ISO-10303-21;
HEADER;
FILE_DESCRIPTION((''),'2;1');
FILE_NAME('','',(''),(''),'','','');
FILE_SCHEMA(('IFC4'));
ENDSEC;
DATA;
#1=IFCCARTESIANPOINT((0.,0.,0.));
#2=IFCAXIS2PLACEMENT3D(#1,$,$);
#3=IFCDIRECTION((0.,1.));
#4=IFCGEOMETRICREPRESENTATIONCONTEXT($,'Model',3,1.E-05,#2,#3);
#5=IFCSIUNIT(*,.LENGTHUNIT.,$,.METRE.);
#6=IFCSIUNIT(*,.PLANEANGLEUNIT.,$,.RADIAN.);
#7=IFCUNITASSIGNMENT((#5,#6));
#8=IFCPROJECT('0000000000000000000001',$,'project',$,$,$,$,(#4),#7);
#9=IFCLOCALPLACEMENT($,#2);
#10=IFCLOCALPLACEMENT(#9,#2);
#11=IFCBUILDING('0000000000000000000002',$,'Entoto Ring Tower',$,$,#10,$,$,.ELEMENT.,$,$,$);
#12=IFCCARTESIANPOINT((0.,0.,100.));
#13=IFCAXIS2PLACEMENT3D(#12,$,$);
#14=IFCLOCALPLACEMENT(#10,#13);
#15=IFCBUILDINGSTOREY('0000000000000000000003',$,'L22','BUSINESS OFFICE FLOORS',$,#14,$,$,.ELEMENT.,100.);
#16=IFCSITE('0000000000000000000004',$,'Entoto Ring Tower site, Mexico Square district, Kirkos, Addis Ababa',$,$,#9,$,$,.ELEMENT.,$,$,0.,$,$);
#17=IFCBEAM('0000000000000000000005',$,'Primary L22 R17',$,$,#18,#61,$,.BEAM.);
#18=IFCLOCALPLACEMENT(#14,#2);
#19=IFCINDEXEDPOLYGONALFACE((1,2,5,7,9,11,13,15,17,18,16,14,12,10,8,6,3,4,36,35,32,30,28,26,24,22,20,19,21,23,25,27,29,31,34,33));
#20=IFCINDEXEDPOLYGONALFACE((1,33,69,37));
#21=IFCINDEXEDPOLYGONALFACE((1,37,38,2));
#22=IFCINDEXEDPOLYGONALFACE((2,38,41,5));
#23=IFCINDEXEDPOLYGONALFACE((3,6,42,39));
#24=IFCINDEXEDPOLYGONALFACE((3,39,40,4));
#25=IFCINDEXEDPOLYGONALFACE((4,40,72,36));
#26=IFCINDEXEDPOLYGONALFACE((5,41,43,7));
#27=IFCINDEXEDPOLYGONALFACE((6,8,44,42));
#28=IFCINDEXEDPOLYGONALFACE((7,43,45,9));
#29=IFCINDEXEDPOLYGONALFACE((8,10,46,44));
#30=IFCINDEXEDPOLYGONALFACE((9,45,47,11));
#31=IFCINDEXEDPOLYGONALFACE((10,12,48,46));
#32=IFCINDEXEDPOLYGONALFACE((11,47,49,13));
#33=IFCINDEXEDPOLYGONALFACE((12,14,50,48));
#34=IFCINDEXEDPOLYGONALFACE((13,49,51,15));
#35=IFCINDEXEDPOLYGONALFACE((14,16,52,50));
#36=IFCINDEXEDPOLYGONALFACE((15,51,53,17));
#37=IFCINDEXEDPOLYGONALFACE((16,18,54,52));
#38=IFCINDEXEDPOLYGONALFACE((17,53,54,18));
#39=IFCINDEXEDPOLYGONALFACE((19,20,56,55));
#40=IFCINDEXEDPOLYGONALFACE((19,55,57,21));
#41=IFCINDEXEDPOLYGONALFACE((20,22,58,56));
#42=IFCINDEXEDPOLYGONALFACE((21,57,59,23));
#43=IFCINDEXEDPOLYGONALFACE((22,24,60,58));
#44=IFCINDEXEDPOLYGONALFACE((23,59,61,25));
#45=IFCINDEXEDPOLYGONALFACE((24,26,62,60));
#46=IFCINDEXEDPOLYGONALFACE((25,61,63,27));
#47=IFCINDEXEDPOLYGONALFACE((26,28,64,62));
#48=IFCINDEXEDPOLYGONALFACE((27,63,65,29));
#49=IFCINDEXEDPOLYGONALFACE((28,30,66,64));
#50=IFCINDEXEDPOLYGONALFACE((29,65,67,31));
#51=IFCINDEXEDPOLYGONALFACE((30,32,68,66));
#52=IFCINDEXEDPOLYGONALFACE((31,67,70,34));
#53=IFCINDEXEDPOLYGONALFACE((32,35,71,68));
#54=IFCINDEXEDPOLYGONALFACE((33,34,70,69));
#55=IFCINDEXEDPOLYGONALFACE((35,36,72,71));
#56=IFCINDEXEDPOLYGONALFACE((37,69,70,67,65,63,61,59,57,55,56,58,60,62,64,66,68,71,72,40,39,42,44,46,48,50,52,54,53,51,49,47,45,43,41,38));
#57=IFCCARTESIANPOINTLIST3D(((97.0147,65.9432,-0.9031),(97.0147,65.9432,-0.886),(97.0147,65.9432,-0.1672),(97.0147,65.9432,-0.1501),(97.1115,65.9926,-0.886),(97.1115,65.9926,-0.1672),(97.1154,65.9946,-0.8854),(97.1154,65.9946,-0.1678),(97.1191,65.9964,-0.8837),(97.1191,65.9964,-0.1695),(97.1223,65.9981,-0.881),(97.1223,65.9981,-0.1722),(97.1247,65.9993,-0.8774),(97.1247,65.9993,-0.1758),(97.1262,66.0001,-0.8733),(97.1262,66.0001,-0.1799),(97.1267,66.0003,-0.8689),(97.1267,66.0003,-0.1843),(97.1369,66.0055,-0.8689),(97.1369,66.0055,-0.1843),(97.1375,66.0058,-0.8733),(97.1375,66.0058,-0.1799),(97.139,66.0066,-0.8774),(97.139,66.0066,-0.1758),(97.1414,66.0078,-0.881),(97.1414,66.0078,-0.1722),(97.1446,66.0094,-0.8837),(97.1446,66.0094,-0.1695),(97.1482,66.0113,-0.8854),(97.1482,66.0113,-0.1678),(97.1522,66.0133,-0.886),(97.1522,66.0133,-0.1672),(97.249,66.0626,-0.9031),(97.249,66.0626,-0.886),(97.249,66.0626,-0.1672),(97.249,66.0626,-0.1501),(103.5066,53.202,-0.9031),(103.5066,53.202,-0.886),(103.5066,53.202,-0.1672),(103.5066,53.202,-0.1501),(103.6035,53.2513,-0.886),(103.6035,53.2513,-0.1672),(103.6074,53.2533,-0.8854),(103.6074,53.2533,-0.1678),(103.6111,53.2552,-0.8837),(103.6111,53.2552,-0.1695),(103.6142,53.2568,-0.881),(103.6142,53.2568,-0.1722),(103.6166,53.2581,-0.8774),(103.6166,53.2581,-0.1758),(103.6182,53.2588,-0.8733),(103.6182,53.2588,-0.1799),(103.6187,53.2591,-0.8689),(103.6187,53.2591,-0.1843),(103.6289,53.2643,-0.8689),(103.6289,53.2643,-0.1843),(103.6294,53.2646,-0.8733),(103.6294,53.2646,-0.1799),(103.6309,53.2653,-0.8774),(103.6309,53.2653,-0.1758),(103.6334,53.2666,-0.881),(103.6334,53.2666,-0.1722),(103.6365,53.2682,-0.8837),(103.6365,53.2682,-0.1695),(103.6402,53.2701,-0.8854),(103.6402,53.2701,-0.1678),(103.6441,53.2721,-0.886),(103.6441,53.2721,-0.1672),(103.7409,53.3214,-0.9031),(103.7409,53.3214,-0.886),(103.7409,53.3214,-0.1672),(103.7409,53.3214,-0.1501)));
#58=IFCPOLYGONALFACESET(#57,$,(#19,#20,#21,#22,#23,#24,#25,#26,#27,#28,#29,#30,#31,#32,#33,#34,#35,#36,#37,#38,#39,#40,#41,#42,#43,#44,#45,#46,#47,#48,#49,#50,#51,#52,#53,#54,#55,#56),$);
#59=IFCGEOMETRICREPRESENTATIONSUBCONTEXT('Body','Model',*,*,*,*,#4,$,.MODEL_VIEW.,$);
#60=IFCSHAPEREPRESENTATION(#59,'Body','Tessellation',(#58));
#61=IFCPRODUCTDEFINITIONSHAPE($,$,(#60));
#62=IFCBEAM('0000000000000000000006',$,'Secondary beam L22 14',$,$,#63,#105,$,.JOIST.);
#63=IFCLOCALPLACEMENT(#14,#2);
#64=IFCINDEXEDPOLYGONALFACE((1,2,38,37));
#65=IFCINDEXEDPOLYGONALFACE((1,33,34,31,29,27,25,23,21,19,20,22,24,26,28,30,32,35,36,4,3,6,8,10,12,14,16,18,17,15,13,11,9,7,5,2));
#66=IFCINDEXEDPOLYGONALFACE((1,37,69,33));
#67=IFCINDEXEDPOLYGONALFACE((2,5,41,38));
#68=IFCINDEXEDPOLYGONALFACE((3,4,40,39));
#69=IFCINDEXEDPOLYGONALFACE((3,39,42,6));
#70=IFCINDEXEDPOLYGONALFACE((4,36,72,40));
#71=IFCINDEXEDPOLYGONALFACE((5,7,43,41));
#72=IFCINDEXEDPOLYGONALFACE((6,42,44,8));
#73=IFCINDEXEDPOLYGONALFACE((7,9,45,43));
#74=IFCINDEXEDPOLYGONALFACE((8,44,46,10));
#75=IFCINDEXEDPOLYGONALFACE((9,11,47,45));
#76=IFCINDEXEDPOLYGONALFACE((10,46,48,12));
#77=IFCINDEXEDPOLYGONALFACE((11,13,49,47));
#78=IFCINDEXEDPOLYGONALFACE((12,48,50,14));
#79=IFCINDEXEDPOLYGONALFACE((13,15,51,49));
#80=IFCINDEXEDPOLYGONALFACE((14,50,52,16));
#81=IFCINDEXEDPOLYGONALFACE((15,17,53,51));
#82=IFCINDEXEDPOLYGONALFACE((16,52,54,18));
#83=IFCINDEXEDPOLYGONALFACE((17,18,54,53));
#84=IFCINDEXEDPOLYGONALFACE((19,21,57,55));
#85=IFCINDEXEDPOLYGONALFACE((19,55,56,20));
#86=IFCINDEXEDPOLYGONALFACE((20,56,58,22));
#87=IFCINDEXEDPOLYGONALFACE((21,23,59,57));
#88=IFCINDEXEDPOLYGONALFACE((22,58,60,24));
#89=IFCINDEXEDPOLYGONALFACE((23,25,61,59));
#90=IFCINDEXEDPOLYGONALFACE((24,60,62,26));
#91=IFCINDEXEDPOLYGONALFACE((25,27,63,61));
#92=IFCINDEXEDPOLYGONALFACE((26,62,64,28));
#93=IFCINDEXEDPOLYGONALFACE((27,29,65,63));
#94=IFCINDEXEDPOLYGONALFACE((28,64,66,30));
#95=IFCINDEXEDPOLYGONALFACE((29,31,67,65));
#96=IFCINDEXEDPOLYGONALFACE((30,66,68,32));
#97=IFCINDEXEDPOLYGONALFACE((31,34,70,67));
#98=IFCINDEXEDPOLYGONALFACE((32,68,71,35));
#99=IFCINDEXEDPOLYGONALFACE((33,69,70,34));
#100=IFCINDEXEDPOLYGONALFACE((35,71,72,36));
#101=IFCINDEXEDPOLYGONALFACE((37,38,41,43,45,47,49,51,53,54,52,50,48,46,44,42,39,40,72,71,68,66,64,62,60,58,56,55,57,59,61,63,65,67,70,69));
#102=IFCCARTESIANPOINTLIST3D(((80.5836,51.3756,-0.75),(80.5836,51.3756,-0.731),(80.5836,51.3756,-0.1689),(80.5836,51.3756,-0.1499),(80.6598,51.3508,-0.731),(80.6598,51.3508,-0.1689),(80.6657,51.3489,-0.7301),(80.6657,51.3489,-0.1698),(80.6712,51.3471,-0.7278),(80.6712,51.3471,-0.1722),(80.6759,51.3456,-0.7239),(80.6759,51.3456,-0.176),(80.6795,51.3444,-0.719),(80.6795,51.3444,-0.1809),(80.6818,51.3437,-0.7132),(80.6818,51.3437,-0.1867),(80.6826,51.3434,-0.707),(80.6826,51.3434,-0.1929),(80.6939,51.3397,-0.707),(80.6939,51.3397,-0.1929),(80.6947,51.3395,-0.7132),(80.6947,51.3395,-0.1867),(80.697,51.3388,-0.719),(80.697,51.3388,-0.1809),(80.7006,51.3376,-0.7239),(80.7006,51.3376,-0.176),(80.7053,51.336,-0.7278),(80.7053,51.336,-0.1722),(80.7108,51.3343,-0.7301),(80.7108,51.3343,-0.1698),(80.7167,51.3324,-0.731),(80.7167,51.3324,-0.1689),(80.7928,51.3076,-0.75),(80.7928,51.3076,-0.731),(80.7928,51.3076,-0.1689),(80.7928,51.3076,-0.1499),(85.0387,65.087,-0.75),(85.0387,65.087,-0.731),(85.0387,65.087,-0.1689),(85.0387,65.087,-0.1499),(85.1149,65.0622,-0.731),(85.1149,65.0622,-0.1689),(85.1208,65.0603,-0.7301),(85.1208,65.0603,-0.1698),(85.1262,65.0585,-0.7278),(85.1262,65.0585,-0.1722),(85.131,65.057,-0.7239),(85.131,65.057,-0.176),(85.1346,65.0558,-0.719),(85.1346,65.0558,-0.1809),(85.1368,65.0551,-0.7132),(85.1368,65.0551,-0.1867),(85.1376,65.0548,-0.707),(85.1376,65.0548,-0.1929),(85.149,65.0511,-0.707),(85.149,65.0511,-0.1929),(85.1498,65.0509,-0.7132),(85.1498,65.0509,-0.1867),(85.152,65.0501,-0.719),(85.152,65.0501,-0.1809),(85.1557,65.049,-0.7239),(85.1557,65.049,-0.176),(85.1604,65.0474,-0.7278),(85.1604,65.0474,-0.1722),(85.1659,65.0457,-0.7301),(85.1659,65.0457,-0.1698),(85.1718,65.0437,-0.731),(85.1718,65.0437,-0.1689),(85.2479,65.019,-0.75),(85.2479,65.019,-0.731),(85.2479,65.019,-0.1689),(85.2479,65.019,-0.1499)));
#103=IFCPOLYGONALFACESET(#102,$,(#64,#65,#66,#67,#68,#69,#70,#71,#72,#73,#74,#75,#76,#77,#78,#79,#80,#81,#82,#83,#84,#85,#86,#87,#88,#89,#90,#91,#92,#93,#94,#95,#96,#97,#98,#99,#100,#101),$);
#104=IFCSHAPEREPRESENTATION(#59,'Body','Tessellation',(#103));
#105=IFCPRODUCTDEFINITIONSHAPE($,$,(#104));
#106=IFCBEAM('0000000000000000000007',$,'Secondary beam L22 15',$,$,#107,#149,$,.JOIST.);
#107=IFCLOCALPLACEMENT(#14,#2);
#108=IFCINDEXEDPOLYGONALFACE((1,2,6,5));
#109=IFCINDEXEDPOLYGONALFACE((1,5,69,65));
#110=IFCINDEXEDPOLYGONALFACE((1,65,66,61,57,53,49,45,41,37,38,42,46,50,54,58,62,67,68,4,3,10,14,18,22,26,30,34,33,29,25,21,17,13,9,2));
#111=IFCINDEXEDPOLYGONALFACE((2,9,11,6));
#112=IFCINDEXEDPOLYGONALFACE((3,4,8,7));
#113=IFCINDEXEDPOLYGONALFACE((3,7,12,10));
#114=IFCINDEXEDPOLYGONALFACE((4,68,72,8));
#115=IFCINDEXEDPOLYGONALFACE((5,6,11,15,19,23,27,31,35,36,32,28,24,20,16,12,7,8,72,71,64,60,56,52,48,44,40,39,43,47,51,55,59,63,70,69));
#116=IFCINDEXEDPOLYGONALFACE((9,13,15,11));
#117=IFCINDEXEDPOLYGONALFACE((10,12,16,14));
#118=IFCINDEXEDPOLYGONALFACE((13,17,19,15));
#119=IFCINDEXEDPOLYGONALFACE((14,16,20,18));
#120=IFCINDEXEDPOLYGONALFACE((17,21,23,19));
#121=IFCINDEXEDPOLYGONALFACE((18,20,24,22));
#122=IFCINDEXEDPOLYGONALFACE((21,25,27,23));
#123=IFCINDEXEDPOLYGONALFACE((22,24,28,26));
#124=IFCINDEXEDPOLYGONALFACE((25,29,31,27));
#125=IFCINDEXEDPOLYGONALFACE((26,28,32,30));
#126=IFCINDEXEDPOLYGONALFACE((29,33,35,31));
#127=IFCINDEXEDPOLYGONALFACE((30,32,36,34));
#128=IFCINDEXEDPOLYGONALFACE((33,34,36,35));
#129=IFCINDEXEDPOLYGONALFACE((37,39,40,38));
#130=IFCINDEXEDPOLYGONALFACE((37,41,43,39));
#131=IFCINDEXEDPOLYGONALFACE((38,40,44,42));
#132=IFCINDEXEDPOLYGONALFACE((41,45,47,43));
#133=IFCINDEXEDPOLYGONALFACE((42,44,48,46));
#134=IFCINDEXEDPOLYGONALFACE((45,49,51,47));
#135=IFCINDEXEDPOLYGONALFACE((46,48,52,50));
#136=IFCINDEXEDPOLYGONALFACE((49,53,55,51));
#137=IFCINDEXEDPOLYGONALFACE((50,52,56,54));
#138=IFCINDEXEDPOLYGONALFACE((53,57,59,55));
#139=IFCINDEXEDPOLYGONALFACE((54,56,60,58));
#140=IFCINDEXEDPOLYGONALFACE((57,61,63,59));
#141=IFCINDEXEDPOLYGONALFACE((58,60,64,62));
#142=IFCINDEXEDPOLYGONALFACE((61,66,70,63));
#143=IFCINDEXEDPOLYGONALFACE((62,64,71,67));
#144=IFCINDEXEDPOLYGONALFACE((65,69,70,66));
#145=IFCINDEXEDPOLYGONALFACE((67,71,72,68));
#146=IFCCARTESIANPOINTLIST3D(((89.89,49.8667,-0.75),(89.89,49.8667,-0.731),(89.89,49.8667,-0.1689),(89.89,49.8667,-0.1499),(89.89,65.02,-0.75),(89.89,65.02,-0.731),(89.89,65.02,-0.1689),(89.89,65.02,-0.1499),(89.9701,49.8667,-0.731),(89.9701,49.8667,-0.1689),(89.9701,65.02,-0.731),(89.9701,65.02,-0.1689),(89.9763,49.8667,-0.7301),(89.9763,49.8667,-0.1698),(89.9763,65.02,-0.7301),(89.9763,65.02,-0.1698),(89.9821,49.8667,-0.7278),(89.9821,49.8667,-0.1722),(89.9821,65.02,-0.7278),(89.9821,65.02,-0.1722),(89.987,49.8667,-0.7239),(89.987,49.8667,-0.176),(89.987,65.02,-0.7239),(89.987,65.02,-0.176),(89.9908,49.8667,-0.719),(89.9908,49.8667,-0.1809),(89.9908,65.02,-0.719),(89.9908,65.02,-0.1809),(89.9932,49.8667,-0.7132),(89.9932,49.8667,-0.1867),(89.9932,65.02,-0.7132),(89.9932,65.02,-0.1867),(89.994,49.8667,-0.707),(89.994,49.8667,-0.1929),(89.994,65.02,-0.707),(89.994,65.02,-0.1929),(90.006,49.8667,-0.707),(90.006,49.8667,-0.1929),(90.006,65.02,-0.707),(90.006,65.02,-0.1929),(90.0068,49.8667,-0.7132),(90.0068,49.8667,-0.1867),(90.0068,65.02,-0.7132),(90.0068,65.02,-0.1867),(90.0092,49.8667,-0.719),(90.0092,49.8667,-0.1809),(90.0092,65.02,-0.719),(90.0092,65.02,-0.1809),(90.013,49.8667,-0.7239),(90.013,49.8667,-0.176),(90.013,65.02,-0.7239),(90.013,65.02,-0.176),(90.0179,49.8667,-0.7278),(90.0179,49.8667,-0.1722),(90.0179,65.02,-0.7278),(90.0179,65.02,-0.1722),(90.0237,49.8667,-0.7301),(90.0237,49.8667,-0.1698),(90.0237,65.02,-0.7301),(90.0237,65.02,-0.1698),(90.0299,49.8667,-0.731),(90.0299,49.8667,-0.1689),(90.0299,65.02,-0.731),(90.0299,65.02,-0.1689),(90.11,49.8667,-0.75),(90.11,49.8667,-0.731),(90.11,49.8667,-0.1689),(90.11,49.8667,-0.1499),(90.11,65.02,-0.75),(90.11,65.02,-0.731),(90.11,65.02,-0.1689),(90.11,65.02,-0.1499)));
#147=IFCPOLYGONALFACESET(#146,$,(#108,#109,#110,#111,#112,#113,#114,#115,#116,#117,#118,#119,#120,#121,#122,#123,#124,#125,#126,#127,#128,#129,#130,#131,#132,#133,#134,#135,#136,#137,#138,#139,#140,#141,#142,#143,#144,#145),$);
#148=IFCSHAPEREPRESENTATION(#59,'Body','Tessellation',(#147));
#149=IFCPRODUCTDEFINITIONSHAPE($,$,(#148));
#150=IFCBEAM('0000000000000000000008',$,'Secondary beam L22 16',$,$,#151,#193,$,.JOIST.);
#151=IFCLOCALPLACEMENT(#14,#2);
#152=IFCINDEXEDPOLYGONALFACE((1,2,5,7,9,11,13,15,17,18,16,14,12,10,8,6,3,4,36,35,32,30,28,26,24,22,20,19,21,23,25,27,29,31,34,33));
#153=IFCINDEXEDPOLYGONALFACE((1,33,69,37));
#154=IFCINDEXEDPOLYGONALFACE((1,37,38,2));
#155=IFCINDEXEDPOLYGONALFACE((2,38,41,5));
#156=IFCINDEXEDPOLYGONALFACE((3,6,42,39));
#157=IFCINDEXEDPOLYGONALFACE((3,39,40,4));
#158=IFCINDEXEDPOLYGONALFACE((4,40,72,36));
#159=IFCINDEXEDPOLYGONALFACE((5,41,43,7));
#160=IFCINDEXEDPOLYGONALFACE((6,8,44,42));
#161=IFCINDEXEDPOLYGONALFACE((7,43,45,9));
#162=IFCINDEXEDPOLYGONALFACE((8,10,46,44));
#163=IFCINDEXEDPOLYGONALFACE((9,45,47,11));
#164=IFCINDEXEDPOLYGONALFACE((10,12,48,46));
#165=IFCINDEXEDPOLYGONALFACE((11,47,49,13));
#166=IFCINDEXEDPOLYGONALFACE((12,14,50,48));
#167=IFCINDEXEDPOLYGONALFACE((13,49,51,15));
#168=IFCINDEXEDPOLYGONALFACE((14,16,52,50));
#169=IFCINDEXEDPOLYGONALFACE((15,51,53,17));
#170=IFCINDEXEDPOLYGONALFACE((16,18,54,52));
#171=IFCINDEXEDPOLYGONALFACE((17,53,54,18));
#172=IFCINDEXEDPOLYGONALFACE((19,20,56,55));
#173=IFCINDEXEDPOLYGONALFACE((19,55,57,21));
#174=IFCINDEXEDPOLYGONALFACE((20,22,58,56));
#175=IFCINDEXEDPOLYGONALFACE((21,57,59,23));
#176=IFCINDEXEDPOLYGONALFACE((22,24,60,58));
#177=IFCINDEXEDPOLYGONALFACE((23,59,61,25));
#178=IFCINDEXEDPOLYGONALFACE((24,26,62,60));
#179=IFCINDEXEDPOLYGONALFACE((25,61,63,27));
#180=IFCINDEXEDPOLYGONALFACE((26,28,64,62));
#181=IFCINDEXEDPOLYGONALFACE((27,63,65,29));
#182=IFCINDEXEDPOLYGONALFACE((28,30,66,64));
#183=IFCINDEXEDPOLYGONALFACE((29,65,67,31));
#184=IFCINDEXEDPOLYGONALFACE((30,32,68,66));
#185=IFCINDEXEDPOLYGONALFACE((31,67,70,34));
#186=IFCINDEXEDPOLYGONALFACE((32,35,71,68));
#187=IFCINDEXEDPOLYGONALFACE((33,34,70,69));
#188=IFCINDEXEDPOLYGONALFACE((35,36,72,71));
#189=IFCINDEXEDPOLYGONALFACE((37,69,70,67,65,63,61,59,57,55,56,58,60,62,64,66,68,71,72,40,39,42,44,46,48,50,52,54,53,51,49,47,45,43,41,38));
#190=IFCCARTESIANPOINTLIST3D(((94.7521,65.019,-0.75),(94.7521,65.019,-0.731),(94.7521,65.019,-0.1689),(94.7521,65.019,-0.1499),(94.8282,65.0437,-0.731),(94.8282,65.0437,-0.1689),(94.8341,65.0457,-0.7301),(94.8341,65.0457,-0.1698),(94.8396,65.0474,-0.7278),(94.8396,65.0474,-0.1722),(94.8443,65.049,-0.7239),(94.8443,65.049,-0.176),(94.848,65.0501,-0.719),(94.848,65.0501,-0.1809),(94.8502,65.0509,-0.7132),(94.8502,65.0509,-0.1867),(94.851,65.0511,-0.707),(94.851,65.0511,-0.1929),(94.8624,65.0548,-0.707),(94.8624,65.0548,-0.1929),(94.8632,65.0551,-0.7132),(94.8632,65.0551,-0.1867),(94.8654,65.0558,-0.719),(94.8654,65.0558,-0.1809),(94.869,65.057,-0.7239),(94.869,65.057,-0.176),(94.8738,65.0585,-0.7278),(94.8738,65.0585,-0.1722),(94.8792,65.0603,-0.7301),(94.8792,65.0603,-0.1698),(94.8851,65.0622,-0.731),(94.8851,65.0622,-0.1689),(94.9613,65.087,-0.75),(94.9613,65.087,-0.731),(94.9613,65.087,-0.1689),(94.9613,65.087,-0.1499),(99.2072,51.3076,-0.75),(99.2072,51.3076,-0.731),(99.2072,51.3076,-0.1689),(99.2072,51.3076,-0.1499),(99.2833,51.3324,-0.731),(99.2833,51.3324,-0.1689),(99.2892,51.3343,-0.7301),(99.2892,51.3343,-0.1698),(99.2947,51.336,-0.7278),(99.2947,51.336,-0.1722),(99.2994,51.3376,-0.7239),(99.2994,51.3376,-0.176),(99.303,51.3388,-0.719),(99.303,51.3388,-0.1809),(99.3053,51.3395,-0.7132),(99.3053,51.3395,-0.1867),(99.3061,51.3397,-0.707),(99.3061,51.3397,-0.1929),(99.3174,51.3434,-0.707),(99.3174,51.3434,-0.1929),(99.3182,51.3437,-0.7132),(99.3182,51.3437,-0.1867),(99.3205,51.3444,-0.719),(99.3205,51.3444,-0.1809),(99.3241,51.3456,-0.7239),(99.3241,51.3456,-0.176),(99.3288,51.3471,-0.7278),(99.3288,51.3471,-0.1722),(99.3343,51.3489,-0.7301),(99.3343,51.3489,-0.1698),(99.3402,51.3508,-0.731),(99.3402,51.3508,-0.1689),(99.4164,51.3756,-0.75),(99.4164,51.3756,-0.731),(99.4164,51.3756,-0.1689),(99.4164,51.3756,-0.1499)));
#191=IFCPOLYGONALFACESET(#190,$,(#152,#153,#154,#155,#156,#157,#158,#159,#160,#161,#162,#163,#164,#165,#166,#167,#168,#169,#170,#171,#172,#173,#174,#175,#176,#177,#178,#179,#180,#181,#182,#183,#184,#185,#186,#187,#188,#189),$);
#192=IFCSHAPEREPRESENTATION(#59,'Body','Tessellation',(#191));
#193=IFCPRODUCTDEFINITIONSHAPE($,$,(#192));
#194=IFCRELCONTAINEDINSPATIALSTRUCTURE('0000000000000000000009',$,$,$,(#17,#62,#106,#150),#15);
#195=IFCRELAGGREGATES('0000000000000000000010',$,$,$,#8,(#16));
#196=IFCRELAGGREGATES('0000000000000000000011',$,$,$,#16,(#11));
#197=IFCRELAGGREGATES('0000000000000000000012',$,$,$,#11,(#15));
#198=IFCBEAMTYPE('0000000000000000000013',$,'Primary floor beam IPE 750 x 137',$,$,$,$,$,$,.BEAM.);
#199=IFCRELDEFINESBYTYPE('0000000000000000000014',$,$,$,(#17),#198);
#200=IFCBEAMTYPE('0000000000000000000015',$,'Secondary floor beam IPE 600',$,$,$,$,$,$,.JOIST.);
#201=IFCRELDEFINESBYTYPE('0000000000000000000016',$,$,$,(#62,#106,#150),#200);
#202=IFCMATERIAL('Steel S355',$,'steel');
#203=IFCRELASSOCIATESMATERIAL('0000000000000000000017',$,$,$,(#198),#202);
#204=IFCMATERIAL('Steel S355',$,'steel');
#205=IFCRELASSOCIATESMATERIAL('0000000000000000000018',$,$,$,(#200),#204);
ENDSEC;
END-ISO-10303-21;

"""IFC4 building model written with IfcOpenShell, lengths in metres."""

from ifc_helpers import new_model, si_unit, direction, frame, origin, origin_2d, place, context, subcontext, project, spatial, i_section, extrude, material, material_profile, profile_set, type_object, element, save


model = new_model("IFC4")

# Units and contexts
model_context = context("Model", 3, precision=1e-05, world=origin(), true_north=direction((0.0, 1.0)))
body_context = subcontext(model_context, "Body", "Model", "MODEL_VIEW")
ifc_project = project(units=[si_unit("LENGTHUNIT", "METRE"), si_unit("PLANEANGLEUNIT", "RADIAN")], contexts=[model_context])

# Site, building, storey
site_placement = place(None, origin())
site = spatial("IfcSite", under=ifc_project, at=site_placement, Name="Entoto Ring Tower site, Mexico Square district, Kirkos, Addis Ababa", CompositionType="ELEMENT", RefElevation=0.0)
building_placement = place(site_placement, origin())
building = spatial("IfcBuilding", under=site, at=building_placement, Name="Entoto Ring Tower", CompositionType="ELEMENT")
storey_placement = place(building_placement, frame((0.0, 0.0, 100.0)))
storey = spatial("IfcBuildingStorey", under=building, at=storey_placement, Name="L22", Description="BUSINESS OFFICE FLOORS", CompositionType="ELEMENT", Elevation=100.0)

# Beams
ifc_material_1 = material(Name="Steel S355", Category="steel")
ifc_material_profile_1 = material_profile(ifc_material_1, i_section(OverallWidth=0.2629, OverallDepth=0.7529, WebThickness=0.0115, FlangeThickness=0.0171, FilletRadius=0.0171, at=origin_2d()), Name="IPE 750 x 137")
ifc_profile_set_1 = profile_set([ifc_material_profile_1], Name="Steel S355")
beam_type_1 = type_object("IfcBeamType", Name="Primary floor beam IPE 750 x 137", PredefinedType="BEAM", material=ifc_profile_set_1)
beam_1_placement = place(storey_placement, frame((97.1318, 66.0029, -0.5266), z_axis=(0.453989, -0.891007, 0.0), x_axis=(0.891007, 0.453989, 0.0)))
element("IfcBeam", 1, at=beam_1_placement, inside=storey, type_object=beam_type_1, Name="Primary L22 R17", PredefinedType="BEAM", context=body_context, shape_type="SweptSolid", body=[
    extrude(i_section(OverallWidth=0.2629, OverallDepth=0.7529, WebThickness=0.0115, FlangeThickness=0.0171, FilletRadius=0.0171, at=origin_2d()), origin(), (0.0, 0.0, 1.0), 14.2998),
])
ifc_material_2 = material(Name="Steel S355", Category="steel")
ifc_material_profile_2 = material_profile(ifc_material_2, i_section(OverallWidth=0.22, OverallDepth=0.6001, WebThickness=0.012, FlangeThickness=0.019, FilletRadius=0.0239, at=origin_2d()), Name="IPE 600")
ifc_profile_set_2 = profile_set([ifc_material_profile_2], Name="Steel S355")
beam_type_2 = type_object("IfcBeamType", Name="Secondary floor beam IPE 600", PredefinedType="JOIST", material=ifc_profile_set_2)
beam_2_placement = place(storey_placement, frame((85.1433, 65.053, -0.45), z_axis=(-0.309015, -0.951057, 0.0), x_axis=(0.951057, -0.309015, 0.0)))
element("IfcBeam", 2, at=beam_2_placement, inside=storey, type_object=beam_type_2, Name="Secondary beam L22 14", PredefinedType="JOIST", context=body_context, shape_type="SweptSolid", body=[
    extrude(i_section(OverallWidth=0.22, OverallDepth=0.6001, WebThickness=0.012, FlangeThickness=0.019, FilletRadius=0.0239, at=origin_2d()), origin(), (0.0, 0.0, 1.0), 14.417),
])
beam_3_placement = place(storey_placement, frame((90.0, 65.02, -0.45), z_axis=(0.0, -1.0, 0.0), x_axis=(1.0, 0.0, 0.0)))
element("IfcBeam", 3, at=beam_3_placement, inside=storey, type_object=beam_type_2, Name="Secondary beam L22 15", PredefinedType="JOIST", context=body_context, shape_type="SweptSolid", body=[
    extrude(i_section(OverallWidth=0.22, OverallDepth=0.6001, WebThickness=0.012, FlangeThickness=0.019, FilletRadius=0.0239, at=origin_2d()), origin(), (0.0, 0.0, 1.0), 15.1533),
])
beam_4_placement = place(storey_placement, frame((94.8567, 65.053, -0.45), z_axis=(0.309015, -0.951057, 0.0), x_axis=(0.951057, 0.309015, 0.0)))
element("IfcBeam", 4, at=beam_4_placement, inside=storey, type_object=beam_type_2, Name="Secondary beam L22 16", PredefinedType="JOIST", context=body_context, shape_type="SweptSolid", body=[
    extrude(i_section(OverallWidth=0.22, OverallDepth=0.6001, WebThickness=0.012, FlangeThickness=0.019, FilletRadius=0.0239, at=origin_2d()), origin(), (0.0, 0.0, 1.0), 14.417),
])

save(model, "model.ifc")
